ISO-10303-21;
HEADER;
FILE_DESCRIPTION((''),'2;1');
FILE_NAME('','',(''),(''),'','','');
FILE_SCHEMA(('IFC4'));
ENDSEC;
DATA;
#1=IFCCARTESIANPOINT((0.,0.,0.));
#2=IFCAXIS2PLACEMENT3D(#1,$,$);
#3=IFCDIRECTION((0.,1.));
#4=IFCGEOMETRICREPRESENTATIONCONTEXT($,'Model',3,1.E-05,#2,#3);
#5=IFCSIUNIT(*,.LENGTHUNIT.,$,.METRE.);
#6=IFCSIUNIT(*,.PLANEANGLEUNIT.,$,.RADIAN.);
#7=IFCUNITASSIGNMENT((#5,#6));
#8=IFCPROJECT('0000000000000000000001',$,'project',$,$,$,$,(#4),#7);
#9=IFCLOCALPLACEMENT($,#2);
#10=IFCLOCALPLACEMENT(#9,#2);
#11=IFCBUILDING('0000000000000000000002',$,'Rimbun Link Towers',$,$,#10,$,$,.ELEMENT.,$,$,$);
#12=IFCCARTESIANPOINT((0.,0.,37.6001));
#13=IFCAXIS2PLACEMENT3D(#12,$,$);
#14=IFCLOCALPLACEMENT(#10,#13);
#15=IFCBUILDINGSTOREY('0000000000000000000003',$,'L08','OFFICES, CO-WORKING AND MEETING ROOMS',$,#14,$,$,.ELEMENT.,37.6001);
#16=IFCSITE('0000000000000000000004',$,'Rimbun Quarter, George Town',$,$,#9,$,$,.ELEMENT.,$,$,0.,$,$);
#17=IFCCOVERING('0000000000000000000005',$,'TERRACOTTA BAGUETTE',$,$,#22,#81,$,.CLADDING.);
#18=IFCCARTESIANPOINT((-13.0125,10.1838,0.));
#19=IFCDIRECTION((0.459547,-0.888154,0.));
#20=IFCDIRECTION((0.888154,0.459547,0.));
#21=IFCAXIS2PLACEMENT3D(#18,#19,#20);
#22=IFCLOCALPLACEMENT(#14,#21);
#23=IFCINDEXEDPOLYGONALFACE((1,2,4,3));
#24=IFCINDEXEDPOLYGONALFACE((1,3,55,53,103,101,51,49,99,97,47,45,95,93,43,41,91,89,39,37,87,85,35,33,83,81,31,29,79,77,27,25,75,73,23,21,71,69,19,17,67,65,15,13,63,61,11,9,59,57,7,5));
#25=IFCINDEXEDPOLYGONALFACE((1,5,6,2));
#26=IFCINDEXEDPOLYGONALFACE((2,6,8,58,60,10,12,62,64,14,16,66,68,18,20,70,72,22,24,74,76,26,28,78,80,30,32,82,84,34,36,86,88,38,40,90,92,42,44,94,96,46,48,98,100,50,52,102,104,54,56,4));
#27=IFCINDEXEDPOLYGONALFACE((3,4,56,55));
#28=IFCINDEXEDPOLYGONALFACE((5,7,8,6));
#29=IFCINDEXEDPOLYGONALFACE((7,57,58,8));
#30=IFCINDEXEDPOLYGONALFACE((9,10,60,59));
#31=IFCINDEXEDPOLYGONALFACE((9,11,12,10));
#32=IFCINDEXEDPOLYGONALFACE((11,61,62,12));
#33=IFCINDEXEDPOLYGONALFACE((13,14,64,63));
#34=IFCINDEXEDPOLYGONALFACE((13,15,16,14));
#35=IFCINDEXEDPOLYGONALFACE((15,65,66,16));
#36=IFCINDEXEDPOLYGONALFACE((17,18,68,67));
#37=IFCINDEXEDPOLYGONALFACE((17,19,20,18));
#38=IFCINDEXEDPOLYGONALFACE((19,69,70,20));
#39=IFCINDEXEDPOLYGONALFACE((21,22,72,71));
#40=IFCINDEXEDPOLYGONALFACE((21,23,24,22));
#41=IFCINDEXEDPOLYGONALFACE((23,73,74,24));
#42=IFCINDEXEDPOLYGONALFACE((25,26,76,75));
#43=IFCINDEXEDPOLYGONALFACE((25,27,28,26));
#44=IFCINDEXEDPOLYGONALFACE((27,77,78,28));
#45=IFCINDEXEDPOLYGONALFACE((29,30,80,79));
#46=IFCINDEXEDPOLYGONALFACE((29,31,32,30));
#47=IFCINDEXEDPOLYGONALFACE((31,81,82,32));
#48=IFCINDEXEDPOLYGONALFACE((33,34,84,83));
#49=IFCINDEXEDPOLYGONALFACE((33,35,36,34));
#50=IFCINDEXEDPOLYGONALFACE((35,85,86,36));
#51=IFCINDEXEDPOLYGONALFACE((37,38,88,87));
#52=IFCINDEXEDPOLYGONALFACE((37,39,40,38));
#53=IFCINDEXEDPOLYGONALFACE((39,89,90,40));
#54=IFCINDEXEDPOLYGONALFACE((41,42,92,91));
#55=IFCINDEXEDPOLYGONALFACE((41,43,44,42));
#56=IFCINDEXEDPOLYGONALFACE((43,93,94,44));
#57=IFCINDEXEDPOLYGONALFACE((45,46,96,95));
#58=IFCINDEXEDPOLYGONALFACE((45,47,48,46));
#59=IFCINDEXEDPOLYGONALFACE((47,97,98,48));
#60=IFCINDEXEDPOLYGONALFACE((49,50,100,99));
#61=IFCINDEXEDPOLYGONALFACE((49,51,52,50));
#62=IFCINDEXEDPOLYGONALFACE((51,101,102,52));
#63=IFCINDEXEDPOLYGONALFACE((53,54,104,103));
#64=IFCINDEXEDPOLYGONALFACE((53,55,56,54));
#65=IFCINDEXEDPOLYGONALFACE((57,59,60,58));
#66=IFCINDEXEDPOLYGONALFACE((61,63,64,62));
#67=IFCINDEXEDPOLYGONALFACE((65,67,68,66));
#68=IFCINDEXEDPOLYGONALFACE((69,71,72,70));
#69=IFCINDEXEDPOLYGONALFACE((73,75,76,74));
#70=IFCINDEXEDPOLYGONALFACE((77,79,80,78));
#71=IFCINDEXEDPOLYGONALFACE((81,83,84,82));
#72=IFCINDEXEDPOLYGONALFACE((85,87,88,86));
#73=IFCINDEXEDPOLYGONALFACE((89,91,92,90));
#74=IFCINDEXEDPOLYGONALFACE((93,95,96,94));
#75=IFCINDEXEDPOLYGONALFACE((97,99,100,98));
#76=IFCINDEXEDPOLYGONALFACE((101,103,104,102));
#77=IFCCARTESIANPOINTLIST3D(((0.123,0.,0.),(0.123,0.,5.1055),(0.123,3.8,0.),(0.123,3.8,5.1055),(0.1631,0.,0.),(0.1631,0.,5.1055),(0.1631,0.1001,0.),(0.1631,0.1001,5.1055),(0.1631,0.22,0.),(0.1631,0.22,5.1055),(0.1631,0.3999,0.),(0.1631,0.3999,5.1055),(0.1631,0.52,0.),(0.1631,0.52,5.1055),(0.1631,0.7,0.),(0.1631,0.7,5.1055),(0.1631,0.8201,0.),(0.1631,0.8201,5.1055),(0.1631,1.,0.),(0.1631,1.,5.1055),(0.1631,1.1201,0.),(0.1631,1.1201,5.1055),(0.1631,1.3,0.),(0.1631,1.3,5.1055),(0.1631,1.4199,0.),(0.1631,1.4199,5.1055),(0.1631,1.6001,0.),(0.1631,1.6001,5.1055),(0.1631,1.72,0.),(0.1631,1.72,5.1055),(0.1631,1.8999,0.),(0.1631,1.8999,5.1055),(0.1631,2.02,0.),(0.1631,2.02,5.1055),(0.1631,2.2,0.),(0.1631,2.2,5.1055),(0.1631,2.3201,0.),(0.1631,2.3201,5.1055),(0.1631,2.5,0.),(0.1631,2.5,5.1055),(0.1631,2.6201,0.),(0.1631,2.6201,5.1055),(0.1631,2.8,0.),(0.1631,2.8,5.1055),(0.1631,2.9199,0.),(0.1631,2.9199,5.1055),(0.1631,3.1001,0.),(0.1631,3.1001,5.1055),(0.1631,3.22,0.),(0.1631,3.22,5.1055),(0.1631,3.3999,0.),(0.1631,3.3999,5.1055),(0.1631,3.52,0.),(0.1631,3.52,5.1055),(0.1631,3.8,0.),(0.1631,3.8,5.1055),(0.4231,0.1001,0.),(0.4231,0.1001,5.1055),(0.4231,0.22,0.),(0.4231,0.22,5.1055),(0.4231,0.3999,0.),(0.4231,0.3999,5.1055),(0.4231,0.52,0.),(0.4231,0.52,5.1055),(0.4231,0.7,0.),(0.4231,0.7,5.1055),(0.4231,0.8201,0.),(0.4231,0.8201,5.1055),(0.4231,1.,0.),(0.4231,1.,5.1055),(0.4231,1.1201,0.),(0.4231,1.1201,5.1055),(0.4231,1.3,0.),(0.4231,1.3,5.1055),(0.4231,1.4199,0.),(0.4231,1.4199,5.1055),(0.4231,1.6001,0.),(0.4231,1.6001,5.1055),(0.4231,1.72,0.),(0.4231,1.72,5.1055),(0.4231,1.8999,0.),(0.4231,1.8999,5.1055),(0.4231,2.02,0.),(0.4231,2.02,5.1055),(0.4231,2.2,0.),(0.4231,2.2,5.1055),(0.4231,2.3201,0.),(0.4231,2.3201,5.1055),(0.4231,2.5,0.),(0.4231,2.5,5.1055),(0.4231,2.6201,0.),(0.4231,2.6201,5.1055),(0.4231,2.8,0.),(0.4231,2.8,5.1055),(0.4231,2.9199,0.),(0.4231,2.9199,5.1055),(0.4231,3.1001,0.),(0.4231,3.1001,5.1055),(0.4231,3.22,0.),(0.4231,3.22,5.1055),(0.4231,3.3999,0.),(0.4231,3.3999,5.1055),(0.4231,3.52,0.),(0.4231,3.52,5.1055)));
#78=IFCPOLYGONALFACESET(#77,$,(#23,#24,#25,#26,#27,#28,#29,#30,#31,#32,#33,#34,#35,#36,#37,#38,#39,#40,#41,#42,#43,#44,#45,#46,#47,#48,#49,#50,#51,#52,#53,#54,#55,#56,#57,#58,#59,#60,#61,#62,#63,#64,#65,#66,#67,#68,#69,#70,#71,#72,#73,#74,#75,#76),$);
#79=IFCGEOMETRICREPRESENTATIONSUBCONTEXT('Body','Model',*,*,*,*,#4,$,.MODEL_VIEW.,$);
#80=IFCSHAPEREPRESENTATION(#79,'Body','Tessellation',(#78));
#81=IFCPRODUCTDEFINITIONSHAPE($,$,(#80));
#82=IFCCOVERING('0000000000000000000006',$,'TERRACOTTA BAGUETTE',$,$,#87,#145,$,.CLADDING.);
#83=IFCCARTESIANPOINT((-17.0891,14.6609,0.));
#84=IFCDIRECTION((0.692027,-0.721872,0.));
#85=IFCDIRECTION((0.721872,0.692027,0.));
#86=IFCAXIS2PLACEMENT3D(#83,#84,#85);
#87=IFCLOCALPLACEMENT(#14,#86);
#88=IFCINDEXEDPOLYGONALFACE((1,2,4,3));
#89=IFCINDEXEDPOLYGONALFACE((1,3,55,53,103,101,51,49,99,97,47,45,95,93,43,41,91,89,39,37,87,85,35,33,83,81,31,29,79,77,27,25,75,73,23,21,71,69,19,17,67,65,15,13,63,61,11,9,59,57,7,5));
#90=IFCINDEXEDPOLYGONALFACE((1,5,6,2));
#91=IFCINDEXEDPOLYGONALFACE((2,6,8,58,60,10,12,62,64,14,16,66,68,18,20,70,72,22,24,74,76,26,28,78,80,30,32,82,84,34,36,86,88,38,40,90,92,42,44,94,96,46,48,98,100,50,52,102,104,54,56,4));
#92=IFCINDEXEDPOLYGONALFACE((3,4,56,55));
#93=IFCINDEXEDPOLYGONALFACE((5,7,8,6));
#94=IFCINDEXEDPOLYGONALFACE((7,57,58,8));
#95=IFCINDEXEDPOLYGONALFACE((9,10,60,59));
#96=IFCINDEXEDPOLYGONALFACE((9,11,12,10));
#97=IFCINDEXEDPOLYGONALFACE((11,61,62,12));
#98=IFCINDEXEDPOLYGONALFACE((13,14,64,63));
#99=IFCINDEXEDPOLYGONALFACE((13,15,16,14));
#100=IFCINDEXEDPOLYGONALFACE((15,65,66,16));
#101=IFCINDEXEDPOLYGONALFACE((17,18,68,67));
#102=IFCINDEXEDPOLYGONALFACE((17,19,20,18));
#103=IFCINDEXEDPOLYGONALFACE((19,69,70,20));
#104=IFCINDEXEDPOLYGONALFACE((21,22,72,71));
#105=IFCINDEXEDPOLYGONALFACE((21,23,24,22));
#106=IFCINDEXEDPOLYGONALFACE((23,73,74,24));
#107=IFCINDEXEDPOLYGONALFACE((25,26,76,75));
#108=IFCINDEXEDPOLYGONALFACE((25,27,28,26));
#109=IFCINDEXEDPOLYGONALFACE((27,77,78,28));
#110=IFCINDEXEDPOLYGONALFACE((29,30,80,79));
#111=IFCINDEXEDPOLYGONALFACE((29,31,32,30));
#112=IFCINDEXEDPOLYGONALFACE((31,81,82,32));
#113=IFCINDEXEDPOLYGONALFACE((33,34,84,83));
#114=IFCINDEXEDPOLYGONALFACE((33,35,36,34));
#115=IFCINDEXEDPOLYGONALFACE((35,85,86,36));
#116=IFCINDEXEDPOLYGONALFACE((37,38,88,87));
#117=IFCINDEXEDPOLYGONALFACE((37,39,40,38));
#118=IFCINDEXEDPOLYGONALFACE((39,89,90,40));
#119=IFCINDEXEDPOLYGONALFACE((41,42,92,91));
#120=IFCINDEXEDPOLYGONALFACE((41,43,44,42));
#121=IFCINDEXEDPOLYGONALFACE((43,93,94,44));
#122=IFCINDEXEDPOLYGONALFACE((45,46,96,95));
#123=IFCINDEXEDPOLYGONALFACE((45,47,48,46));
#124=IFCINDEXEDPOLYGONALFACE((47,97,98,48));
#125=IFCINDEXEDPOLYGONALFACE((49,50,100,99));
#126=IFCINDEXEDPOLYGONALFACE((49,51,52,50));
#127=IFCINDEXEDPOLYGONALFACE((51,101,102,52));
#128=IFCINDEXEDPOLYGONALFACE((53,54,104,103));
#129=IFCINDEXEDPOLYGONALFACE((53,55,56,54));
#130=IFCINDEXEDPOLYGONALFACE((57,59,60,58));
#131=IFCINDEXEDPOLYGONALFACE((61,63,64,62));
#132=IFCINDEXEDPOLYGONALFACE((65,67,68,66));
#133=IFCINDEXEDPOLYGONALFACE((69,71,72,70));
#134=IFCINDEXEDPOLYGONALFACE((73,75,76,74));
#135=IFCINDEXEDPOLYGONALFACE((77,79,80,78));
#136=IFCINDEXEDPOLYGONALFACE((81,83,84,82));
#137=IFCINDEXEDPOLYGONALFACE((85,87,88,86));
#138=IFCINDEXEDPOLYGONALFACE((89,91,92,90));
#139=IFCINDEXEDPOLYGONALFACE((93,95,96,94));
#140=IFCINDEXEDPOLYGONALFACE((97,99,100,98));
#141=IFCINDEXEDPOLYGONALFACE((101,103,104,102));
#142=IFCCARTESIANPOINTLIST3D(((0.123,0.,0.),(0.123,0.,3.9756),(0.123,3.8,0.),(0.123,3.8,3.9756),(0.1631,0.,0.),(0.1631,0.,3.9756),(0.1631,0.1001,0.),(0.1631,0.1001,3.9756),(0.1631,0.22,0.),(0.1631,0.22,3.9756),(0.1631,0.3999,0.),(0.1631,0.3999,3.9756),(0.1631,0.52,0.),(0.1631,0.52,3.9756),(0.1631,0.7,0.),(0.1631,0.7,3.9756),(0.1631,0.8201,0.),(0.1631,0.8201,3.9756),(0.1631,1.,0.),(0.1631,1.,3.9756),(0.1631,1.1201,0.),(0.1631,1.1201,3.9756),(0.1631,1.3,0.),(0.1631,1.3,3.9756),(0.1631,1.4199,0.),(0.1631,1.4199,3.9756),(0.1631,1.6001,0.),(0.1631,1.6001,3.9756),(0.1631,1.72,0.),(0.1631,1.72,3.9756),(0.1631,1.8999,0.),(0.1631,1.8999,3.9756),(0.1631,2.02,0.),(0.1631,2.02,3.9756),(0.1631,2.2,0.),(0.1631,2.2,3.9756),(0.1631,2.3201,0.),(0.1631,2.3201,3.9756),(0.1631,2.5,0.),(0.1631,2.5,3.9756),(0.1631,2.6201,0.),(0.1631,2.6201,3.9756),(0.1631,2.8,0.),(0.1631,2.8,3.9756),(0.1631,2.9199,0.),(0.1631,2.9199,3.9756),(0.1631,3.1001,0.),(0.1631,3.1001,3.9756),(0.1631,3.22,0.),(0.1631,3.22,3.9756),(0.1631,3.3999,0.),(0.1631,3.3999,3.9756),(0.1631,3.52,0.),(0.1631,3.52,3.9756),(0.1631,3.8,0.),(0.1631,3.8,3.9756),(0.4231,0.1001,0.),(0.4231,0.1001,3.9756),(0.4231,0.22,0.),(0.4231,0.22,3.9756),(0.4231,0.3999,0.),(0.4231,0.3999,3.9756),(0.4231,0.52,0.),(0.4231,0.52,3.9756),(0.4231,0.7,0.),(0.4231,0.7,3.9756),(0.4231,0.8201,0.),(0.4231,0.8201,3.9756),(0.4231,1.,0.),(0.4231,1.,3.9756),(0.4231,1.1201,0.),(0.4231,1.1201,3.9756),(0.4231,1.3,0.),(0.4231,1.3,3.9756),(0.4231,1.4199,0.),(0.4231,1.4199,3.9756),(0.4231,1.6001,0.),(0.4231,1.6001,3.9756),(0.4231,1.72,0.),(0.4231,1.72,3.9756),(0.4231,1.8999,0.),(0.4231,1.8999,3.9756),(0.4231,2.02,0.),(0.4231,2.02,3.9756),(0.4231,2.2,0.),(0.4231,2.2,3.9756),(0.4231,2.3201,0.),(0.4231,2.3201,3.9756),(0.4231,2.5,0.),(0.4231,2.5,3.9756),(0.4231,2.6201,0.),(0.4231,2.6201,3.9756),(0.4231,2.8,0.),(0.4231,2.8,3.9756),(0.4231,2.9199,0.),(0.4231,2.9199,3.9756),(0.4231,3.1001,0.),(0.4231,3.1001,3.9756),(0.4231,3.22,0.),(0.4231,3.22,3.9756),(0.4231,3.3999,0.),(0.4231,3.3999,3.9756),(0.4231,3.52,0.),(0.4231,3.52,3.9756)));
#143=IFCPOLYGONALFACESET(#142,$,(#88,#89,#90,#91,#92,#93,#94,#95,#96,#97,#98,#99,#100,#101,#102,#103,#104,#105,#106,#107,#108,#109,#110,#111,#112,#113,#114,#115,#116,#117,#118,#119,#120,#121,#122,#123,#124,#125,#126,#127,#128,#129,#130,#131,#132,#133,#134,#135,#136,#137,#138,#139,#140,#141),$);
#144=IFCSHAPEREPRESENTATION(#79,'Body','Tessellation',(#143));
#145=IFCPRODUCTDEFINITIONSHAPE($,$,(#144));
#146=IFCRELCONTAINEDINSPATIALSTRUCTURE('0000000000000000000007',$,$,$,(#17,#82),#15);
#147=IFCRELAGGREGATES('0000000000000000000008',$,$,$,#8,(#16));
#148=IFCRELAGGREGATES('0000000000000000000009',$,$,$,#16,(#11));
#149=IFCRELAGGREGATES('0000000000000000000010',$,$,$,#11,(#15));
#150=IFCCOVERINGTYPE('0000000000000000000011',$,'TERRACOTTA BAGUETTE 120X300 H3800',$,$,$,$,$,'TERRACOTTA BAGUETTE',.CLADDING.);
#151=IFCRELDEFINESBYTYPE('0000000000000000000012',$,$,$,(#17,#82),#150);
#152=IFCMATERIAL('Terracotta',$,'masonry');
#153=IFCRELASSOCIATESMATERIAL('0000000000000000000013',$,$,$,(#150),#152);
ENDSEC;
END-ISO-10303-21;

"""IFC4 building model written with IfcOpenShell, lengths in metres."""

from ifc_helpers import new_model, si_unit, direction, frame, origin, place, context, subcontext, project, spatial, polyline, outline, extrude, material, material_profile, profile_set, type_object, element, save


model = new_model("IFC4")

# Units and contexts
model_context = context("Model", 3, precision=1e-05, world=origin(), true_north=direction((0.0, 1.0)))
body_context = subcontext(model_context, "Body", "Model", "MODEL_VIEW")
ifc_project = project(units=[si_unit("LENGTHUNIT", "METRE"), si_unit("PLANEANGLEUNIT", "RADIAN")], contexts=[model_context])

# Site, building, storey
site_placement = place(None, origin())
site = spatial("IfcSite", under=ifc_project, at=site_placement, Name="Rimbun Quarter, George Town", CompositionType="ELEMENT", RefElevation=0.0)
building_placement = place(site_placement, origin())
building = spatial("IfcBuilding", under=site, at=building_placement, Name="Rimbun Link Towers", CompositionType="ELEMENT")
storey_placement = place(building_placement, frame((0.0, 0.0, 37.6001)))
storey = spatial("IfcBuildingStorey", under=building, at=storey_placement, Name="L08", Description="OFFICES, CO-WORKING AND MEETING ROOMS", CompositionType="ELEMENT", Elevation=37.6001)

# Coverings
ifc_material_1 = material(Name="Terracotta", Category="masonry")
ifc_material_profile_1 = material_profile(ifc_material_1, outline(polyline([(0.123, 0.0), (0.1631, 0.0), (0.1631, 0.1001), (0.4231, 0.1001), (0.4231, 0.22), (0.1631, 0.22), (0.1631, 0.3999), (0.4231, 0.3999), (0.4231, 0.52), (0.1631, 0.52), (0.1631, 0.7), (0.4231, 0.7), (0.4231, 0.8201), (0.1631, 0.8201), (0.1631, 1.0), (0.4231, 1.0), (0.4231, 1.1201), (0.1631, 1.1201), (0.1631, 1.3), (0.4231, 1.3), (0.4231, 1.4199), (0.1631, 1.4199), (0.1631, 1.6001), (0.4231, 1.6001), (0.4231, 1.72), (0.1631, 1.72), (0.1631, 1.8999), (0.4231, 1.8999), (0.4231, 2.02), (0.1631, 2.02), (0.1631, 2.2), (0.4231, 2.2), (0.4231, 2.3201), (0.1631, 2.3201), (0.1631, 2.5), (0.4231, 2.5), (0.4231, 2.6201), (0.1631, 2.6201), (0.1631, 2.8), (0.4231, 2.8), (0.4231, 2.9199), (0.1631, 2.9199), (0.1631, 3.1001), (0.4231, 3.1001), (0.4231, 3.22), (0.1631, 3.22), (0.1631, 3.3999), (0.4231, 3.3999), (0.4231, 3.52), (0.1631, 3.52), (0.1631, 3.8), (0.123, 3.8), (0.123, 0.0)])), Name="BAGUETTE 120X300")
ifc_profile_set_1 = profile_set([ifc_material_profile_1], Name="Terracotta")
covering_type = type_object("IfcCoveringType", Name="TERRACOTTA BAGUETTE 120X300 H3800", ElementType="TERRACOTTA BAGUETTE", PredefinedType="CLADDING", material=ifc_profile_set_1)
covering_1_placement = place(storey_placement, frame((-13.0125, 10.1838, 0.0), z_axis=(0.459547, -0.888154, 0.0), x_axis=(0.888154, 0.459547, 0.0)))
element("IfcCovering", 1, at=covering_1_placement, inside=storey, type_object=covering_type, Name="TERRACOTTA BAGUETTE", PredefinedType="CLADDING", context=body_context, shape_type="SweptSolid", body=[
    extrude(outline(polyline([(0.123, 0.0), (0.1631, 0.0), (0.1631, 0.1001), (0.4231, 0.1001), (0.4231, 0.22), (0.1631, 0.22), (0.1631, 0.3999), (0.4231, 0.3999), (0.4231, 0.52), (0.1631, 0.52), (0.1631, 0.7), (0.4231, 0.7), (0.4231, 0.8201), (0.1631, 0.8201), (0.1631, 1.0), (0.4231, 1.0), (0.4231, 1.1201), (0.1631, 1.1201), (0.1631, 1.3), (0.4231, 1.3), (0.4231, 1.4199), (0.1631, 1.4199), (0.1631, 1.6001), (0.4231, 1.6001), (0.4231, 1.72), (0.1631, 1.72), (0.1631, 1.8999), (0.4231, 1.8999), (0.4231, 2.02), (0.1631, 2.02), (0.1631, 2.2), (0.4231, 2.2), (0.4231, 2.3201), (0.1631, 2.3201), (0.1631, 2.5), (0.4231, 2.5), (0.4231, 2.6201), (0.1631, 2.6201), (0.1631, 2.8), (0.4231, 2.8), (0.4231, 2.9199), (0.1631, 2.9199), (0.1631, 3.1001), (0.4231, 3.1001), (0.4231, 3.22), (0.1631, 3.22), (0.1631, 3.3999), (0.4231, 3.3999), (0.4231, 3.52), (0.1631, 3.52), (0.1631, 3.8), (0.123, 3.8), (0.123, 0.0)])), origin(), (0.0, 0.0, 1.0), 5.1055),
])
covering_2_placement = place(storey_placement, frame((-17.0891, 14.6609, 0.0), z_axis=(0.692027, -0.721872, 0.0), x_axis=(0.721872, 0.692027, 0.0)))
element("IfcCovering", 2, at=covering_2_placement, inside=storey, type_object=covering_type, Name="TERRACOTTA BAGUETTE", PredefinedType="CLADDING", context=body_context, shape_type="SweptSolid", body=[
    extrude(outline(polyline([(0.123, 0.0), (0.1631, 0.0), (0.1631, 0.1001), (0.4231, 0.1001), (0.4231, 0.22), (0.1631, 0.22), (0.1631, 0.3999), (0.4231, 0.3999), (0.4231, 0.52), (0.1631, 0.52), (0.1631, 0.7), (0.4231, 0.7), (0.4231, 0.8201), (0.1631, 0.8201), (0.1631, 1.0), (0.4231, 1.0), (0.4231, 1.1201), (0.1631, 1.1201), (0.1631, 1.3), (0.4231, 1.3), (0.4231, 1.4199), (0.1631, 1.4199), (0.1631, 1.6001), (0.4231, 1.6001), (0.4231, 1.72), (0.1631, 1.72), (0.1631, 1.8999), (0.4231, 1.8999), (0.4231, 2.02), (0.1631, 2.02), (0.1631, 2.2), (0.4231, 2.2), (0.4231, 2.3201), (0.1631, 2.3201), (0.1631, 2.5), (0.4231, 2.5), (0.4231, 2.6201), (0.1631, 2.6201), (0.1631, 2.8), (0.4231, 2.8), (0.4231, 2.9199), (0.1631, 2.9199), (0.1631, 3.1001), (0.4231, 3.1001), (0.4231, 3.22), (0.1631, 3.22), (0.1631, 3.3999), (0.4231, 3.3999), (0.4231, 3.52), (0.1631, 3.52), (0.1631, 3.8), (0.123, 3.8), (0.123, 0.0)])), origin(), (0.0, 0.0, 1.0), 3.9756),
])

save(model, "model.ifc")
